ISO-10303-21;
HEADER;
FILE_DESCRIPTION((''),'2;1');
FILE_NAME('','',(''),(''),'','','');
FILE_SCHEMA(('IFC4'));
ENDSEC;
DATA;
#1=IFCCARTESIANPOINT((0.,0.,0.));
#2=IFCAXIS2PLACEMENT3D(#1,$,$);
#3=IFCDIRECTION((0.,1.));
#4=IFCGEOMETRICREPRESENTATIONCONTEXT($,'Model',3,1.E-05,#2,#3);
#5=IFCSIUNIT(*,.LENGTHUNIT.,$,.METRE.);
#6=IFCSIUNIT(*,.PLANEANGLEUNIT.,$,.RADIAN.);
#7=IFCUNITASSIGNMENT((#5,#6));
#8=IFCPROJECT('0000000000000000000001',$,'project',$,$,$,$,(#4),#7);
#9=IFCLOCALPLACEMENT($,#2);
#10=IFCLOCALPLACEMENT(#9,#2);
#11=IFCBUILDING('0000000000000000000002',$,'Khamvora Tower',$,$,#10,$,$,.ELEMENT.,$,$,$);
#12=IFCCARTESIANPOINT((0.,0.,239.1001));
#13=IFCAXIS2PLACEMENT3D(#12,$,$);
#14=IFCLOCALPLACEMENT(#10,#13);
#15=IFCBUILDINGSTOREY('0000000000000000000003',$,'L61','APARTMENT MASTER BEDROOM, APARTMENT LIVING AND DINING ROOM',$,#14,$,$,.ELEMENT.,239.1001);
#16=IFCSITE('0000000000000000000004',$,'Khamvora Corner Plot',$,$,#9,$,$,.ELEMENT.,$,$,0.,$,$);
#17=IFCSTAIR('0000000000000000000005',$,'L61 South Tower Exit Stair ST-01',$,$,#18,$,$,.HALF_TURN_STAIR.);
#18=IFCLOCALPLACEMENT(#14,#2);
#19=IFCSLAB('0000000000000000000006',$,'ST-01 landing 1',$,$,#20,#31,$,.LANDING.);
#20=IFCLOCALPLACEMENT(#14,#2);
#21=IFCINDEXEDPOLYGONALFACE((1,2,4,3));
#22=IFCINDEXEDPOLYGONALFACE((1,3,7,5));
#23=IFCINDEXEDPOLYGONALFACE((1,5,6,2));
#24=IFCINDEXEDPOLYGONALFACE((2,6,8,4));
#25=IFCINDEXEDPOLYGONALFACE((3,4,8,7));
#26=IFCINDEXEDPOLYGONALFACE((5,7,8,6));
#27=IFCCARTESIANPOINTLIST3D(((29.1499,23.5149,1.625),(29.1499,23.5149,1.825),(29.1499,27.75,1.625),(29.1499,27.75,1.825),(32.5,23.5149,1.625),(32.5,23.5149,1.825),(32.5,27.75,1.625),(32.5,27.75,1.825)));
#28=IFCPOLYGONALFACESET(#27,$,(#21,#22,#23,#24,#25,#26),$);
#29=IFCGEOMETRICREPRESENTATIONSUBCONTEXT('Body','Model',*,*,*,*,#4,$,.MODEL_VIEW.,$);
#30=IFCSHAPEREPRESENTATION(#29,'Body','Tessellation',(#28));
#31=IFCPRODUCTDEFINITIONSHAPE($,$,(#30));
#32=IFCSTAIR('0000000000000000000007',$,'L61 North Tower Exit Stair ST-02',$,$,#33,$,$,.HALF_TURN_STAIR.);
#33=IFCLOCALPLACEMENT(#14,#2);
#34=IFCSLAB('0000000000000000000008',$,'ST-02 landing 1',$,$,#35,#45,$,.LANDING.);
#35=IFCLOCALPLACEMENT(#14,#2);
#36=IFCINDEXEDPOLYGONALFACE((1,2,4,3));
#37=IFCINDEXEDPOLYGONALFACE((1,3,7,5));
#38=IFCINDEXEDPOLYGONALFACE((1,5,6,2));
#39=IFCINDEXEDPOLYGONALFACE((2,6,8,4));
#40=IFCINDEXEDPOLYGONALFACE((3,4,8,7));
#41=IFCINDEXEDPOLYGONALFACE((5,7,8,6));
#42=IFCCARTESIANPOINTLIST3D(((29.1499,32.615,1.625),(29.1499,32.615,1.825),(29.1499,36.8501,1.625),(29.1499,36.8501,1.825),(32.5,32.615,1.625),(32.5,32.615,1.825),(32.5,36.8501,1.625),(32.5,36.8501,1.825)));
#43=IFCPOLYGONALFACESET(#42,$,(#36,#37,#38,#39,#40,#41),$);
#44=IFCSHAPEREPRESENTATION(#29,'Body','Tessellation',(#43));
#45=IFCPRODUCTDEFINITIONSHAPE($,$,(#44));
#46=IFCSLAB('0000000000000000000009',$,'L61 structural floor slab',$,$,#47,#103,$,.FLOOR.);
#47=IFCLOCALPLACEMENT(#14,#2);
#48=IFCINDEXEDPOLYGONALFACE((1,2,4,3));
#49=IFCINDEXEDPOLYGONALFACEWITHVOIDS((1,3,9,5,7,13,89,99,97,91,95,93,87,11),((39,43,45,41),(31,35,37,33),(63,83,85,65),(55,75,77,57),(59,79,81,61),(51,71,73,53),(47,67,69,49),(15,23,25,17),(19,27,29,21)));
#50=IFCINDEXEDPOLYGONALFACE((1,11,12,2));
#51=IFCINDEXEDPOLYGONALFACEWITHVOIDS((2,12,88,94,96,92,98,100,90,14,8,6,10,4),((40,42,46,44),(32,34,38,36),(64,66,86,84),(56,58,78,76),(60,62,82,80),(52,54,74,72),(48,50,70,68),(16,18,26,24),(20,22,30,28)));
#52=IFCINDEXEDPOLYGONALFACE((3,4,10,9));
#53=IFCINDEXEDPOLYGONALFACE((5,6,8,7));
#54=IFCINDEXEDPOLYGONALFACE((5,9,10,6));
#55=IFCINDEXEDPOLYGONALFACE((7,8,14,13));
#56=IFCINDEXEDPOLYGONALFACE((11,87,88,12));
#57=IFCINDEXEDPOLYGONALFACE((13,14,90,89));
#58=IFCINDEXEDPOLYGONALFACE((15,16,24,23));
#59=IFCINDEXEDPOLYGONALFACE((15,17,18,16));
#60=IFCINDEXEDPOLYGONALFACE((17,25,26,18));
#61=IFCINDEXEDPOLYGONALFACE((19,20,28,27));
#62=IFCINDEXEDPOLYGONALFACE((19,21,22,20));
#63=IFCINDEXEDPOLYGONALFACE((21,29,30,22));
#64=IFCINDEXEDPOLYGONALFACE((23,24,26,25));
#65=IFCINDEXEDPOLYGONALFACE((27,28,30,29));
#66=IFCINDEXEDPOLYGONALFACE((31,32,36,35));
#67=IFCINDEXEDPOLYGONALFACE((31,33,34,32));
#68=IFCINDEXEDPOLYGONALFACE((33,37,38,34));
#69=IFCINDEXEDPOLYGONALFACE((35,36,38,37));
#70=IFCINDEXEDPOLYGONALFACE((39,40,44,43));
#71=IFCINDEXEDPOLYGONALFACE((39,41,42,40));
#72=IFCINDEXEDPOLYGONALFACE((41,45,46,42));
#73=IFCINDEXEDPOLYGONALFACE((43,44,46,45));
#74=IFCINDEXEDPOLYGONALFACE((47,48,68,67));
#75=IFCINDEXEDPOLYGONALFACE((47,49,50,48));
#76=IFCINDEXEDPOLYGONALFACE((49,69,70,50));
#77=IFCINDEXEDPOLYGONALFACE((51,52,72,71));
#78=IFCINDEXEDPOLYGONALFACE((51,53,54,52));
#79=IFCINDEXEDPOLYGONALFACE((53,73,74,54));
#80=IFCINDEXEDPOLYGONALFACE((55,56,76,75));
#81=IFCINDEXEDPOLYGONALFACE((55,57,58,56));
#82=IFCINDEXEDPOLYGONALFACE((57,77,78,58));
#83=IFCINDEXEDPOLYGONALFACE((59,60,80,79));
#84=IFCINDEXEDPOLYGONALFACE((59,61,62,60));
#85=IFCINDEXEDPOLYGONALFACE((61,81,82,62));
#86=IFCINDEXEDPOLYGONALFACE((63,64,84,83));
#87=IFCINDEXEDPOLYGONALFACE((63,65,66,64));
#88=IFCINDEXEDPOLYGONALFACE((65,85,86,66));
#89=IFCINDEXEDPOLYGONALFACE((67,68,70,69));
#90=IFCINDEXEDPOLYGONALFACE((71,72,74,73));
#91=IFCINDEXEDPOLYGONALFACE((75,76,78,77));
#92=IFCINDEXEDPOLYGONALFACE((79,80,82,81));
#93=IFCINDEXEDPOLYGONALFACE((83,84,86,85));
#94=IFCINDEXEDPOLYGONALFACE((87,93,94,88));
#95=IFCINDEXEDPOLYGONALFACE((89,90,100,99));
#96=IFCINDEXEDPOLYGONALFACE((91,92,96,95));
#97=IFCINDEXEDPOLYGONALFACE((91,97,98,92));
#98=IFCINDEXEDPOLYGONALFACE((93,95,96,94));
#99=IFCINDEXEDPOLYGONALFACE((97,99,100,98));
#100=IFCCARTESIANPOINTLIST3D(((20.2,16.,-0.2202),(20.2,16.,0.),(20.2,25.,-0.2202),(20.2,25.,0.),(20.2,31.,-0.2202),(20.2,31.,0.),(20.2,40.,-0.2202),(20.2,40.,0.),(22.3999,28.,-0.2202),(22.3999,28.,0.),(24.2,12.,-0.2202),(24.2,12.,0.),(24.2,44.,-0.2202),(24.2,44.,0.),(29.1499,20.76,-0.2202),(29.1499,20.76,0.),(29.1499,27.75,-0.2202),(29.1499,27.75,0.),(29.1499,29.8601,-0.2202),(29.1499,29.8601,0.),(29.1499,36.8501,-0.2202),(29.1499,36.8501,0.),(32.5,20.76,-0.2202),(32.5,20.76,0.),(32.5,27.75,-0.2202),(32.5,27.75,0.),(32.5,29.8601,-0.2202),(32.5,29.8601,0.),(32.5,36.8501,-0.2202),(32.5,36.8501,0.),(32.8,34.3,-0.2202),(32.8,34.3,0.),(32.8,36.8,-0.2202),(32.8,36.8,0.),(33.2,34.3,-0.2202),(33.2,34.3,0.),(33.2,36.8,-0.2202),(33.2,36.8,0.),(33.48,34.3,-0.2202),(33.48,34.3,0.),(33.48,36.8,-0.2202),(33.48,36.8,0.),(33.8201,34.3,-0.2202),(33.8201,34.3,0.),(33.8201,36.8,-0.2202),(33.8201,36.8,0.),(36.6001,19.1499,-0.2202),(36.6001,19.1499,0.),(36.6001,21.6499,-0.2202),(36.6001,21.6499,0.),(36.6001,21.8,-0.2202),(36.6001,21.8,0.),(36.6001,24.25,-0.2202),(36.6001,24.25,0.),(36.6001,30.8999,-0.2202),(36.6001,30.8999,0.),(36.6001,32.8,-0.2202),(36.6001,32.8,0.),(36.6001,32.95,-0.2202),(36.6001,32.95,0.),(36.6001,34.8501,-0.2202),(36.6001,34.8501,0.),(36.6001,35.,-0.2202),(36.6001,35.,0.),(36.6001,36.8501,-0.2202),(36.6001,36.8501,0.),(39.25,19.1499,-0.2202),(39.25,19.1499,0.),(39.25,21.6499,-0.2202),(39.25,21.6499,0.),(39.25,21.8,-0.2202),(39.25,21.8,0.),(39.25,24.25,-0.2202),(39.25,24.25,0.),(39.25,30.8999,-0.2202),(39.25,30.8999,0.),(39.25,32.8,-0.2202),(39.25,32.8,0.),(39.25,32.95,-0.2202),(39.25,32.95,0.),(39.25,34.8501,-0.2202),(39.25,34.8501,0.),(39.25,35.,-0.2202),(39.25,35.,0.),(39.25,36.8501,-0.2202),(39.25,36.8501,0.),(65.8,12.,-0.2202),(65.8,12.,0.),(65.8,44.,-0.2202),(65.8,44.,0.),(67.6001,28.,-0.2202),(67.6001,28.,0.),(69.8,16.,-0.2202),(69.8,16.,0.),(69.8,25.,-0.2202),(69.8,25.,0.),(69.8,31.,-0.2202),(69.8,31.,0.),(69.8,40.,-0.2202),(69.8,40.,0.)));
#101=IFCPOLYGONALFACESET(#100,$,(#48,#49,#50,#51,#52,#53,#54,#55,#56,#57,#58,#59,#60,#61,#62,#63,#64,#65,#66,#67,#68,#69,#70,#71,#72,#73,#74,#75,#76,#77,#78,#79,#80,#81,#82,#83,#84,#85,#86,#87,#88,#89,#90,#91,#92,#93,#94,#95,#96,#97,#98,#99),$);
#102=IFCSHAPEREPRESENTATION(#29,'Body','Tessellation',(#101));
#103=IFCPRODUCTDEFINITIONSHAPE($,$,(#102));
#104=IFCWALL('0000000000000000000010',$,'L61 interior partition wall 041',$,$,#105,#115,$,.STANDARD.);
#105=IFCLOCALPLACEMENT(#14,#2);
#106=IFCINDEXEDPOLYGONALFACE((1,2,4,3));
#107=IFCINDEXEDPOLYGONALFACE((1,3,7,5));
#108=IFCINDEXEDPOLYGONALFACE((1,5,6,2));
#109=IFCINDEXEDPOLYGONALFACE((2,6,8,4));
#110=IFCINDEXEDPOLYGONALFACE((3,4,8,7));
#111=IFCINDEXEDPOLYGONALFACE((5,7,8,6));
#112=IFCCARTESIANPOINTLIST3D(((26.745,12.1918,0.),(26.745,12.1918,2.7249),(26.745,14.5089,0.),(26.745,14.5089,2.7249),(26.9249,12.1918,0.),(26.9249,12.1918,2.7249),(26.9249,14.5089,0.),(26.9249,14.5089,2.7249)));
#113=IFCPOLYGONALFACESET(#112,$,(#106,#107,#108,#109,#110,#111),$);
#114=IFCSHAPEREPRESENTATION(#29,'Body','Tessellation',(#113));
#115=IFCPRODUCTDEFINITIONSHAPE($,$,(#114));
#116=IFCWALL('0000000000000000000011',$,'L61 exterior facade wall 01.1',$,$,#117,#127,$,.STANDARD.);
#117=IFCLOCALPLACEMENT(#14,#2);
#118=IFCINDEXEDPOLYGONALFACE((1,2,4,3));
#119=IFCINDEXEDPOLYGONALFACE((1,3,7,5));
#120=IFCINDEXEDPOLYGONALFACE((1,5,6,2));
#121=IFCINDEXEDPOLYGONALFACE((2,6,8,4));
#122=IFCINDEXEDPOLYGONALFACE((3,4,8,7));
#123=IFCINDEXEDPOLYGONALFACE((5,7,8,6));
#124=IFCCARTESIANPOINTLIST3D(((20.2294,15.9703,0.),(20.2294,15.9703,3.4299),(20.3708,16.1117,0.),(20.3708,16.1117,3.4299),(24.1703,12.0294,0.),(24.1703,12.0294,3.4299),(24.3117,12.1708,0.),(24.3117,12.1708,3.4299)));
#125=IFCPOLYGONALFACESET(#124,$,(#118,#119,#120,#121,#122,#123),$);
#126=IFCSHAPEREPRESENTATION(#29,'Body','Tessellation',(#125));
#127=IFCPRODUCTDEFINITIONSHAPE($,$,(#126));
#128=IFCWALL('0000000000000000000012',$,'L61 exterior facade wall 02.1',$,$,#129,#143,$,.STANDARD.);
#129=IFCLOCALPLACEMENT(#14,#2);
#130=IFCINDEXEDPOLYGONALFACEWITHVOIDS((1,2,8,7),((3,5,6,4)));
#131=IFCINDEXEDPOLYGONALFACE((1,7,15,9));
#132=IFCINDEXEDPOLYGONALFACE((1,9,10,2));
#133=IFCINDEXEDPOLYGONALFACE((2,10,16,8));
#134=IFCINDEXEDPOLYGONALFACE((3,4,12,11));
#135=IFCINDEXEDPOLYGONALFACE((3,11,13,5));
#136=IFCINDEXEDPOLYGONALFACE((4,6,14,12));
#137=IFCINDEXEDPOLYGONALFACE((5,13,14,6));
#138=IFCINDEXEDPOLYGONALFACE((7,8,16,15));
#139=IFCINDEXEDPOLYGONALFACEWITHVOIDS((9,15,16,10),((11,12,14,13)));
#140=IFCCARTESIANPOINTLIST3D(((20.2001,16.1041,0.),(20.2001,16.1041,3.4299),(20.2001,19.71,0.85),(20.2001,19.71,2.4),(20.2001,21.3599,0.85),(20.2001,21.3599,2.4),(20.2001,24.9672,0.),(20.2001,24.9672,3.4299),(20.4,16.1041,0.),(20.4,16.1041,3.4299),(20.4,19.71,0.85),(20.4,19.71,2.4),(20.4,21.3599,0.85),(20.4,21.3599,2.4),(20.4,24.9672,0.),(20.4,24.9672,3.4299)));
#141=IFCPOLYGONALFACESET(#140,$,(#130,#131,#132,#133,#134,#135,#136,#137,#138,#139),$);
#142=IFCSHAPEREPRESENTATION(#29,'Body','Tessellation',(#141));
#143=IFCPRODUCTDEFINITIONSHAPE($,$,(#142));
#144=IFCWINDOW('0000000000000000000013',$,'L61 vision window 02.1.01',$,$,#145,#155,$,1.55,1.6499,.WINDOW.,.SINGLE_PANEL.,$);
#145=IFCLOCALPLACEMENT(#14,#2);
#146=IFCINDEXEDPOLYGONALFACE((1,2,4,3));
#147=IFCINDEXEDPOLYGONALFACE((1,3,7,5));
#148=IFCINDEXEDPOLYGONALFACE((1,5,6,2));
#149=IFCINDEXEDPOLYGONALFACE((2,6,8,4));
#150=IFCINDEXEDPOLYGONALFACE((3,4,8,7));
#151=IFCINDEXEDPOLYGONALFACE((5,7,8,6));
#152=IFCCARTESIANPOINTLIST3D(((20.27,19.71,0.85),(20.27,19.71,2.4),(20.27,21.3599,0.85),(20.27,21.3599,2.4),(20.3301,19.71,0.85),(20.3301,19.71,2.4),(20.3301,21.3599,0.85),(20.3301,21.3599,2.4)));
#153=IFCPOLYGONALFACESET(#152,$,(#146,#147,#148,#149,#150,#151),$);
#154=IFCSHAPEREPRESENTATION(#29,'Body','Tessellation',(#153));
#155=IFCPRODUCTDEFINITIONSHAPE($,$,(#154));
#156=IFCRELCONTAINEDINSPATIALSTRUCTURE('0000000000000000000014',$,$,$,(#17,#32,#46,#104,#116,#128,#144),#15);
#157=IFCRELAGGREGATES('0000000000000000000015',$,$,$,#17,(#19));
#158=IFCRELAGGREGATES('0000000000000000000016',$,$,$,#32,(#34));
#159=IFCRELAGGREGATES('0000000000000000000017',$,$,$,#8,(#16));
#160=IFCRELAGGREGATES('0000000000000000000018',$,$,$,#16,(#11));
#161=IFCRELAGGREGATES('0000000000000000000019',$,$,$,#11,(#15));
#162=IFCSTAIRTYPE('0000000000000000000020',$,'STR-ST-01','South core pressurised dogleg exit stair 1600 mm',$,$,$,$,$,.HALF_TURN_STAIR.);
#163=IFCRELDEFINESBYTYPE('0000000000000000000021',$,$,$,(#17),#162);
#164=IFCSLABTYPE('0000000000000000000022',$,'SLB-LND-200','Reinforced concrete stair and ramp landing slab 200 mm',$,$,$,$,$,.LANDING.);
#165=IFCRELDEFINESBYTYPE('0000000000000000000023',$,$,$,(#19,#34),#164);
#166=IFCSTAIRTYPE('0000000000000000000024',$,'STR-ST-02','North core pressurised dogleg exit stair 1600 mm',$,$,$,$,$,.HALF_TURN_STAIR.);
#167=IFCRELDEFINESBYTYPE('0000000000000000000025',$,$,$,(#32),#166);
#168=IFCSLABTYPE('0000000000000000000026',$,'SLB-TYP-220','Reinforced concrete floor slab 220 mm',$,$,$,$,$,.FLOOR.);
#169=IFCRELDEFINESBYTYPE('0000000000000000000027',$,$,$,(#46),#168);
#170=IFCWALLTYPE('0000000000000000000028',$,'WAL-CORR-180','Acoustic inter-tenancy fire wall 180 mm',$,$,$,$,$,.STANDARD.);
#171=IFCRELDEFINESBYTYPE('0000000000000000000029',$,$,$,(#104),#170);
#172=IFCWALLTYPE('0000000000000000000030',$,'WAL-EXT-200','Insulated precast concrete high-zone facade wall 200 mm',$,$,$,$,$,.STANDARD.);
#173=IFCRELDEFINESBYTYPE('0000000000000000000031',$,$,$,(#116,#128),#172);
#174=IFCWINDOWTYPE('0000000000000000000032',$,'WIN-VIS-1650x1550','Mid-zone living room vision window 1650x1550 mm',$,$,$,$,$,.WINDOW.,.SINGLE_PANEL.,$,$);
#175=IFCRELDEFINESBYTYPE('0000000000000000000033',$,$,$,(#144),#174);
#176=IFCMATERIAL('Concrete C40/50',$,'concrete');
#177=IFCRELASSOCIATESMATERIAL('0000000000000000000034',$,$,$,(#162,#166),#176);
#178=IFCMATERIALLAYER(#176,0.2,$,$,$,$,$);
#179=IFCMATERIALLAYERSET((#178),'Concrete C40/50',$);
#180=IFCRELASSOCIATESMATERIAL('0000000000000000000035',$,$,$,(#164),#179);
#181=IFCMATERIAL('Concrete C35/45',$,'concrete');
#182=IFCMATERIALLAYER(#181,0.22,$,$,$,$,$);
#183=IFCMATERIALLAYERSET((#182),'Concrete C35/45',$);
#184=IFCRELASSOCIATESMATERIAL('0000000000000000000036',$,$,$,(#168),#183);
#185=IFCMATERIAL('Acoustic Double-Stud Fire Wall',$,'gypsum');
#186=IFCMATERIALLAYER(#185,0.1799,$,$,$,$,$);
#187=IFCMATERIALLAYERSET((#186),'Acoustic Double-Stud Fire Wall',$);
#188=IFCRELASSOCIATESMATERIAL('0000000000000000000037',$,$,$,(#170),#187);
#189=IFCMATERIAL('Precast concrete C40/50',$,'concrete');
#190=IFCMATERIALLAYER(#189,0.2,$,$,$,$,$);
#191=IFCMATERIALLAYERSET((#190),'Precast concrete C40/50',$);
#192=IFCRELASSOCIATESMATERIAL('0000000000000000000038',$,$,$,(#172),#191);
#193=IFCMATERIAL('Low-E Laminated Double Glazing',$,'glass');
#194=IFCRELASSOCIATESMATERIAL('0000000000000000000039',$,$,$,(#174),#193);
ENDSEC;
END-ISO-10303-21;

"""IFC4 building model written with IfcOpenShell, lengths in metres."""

from ifc_helpers import new_model, si_unit, direction, frame, frame_2d, origin, place, context, subcontext, project, spatial, polyline, rectangle, outline, extrude, material, layer, layer_set, type_object, element, fill, aggregate, save


model = new_model("IFC4")

# Units and contexts
model_context = context("Model", 3, precision=1e-05, world=origin(), true_north=direction((0.0, 1.0)))
body_context = subcontext(model_context, "Body", "Model", "MODEL_VIEW")
ifc_project = project(units=[si_unit("LENGTHUNIT", "METRE"), si_unit("PLANEANGLEUNIT", "RADIAN")], contexts=[model_context])

# Site, building, storey
site_placement = place(None, origin())
site = spatial("IfcSite", under=ifc_project, at=site_placement, Name="Khamvora Corner Plot", CompositionType="ELEMENT", RefElevation=0.0)
building_placement = place(site_placement, origin())
building = spatial("IfcBuilding", under=site, at=building_placement, Name="Khamvora Tower", CompositionType="ELEMENT")
storey_placement = place(building_placement, frame((0.0, 0.0, 239.1001)))
storey = spatial("IfcBuildingStorey", under=building, at=storey_placement, Name="L61", Description="APARTMENT MASTER BEDROOM, APARTMENT LIVING AND DINING ROOM", CompositionType="ELEMENT", Elevation=239.1001)

# Shared definitions
ifc_material_1 = material(Name="Concrete C40/50", Category="concrete")

# Stairs, slabs
stair_type_1 = type_object("IfcStairType", Name="STR-ST-01", Description="South core pressurised dogleg exit stair 1600 mm", PredefinedType="HALF_TURN_STAIR", material=ifc_material_1)
stair_1_placement = place(storey_placement, origin())
stair_1 = element("IfcStair", 1, at=stair_1_placement, inside=storey, type_object=stair_type_1, Name="L61 South Tower Exit Stair ST-01", PredefinedType="HALF_TURN_STAIR")
ifc_layer_1 = layer(ifc_material_1, 0.2)
ifc_layer_set_1 = layer_set([ifc_layer_1], Name="Concrete C40/50")
slab_type_1 = type_object("IfcSlabType", Name="SLB-LND-200", Description="Reinforced concrete stair and ramp landing slab 200 mm", PredefinedType="LANDING", material=ifc_layer_set_1)
slab_1_placement = place(storey_placement, frame((0.0, 0.0, 1.625)))
slab_1 = element("IfcSlab", 2, at=slab_1_placement, type_object=slab_type_1, Name="ST-01 landing 1", PredefinedType="LANDING", context=body_context, shape_type="SweptSolid", body=[
    extrude(outline(polyline([(32.5, 23.5149), (32.5, 27.75), (29.1499, 27.75), (29.1499, 23.5149), (32.5, 23.5149)])), origin(), (0.0, 0.0, 1.0), 0.2),
])
aggregate(stair_1, [slab_1])
stair_type_2 = type_object("IfcStairType", Name="STR-ST-02", Description="North core pressurised dogleg exit stair 1600 mm", PredefinedType="HALF_TURN_STAIR", material=ifc_material_1)
stair_2_placement = place(storey_placement, origin())
stair_2 = element("IfcStair", 3, at=stair_2_placement, inside=storey, type_object=stair_type_2, Name="L61 North Tower Exit Stair ST-02", PredefinedType="HALF_TURN_STAIR")
slab_2_placement = place(storey_placement, frame((0.0, 0.0, 1.625)))
slab_2 = element("IfcSlab", 4, at=slab_2_placement, type_object=slab_type_1, Name="ST-02 landing 1", PredefinedType="LANDING", context=body_context, shape_type="SweptSolid", body=[
    extrude(outline(polyline([(32.5, 32.615), (32.5, 36.8501), (29.1499, 36.8501), (29.1499, 32.615), (32.5, 32.615)])), origin(), (0.0, 0.0, 1.0), 0.2),
])
aggregate(stair_2, [slab_2])

# Slab
ifc_material_2 = material(Name="Concrete C35/45", Category="concrete")
ifc_layer_2 = layer(ifc_material_2, 0.22)
ifc_layer_set_2 = layer_set([ifc_layer_2], Name="Concrete C35/45")
slab_type_2 = type_object("IfcSlabType", Name="SLB-TYP-220", Description="Reinforced concrete floor slab 220 mm", PredefinedType="FLOOR", material=ifc_layer_set_2)
slab_3_placement = place(storey_placement, frame((0.0, 0.0, -0.2202)))
element("IfcSlab", 5, at=slab_3_placement, inside=storey, type_object=slab_type_2, Name="L61 structural floor slab", PredefinedType="FLOOR", context=body_context, shape_type="SweptSolid", body=[
    extrude(outline(polyline([(24.2, 12.0), (65.8, 12.0), (69.8, 16.0), (69.8, 25.0), (67.6001, 28.0), (69.8, 31.0), (69.8, 40.0), (65.8, 44.0), (24.2, 44.0), (20.2, 40.0), (20.2, 31.0), (22.3999, 28.0), (20.2, 25.0), (20.2, 16.0), (24.2, 12.0)]), holes=[polyline([(32.5, 20.76), (32.5, 27.75), (29.1499, 27.75), (29.1499, 20.76), (32.5, 20.76)]), polyline([(32.5, 29.8601), (32.5, 36.8501), (29.1499, 36.8501), (29.1499, 29.8601), (32.5, 29.8601)]), polyline([(36.6001, 19.1499), (39.25, 19.1499), (39.25, 21.6499), (36.6001, 21.6499), (36.6001, 19.1499)]), polyline([(36.6001, 21.8), (39.25, 21.8), (39.25, 24.25), (36.6001, 24.25), (36.6001, 21.8)]), polyline([(36.6001, 30.8999), (39.25, 30.8999), (39.25, 32.8), (36.6001, 32.8), (36.6001, 30.8999)]), polyline([(36.6001, 32.95), (39.25, 32.95), (39.25, 34.8501), (36.6001, 34.8501), (36.6001, 32.95)]), polyline([(36.6001, 35.0), (39.25, 35.0), (39.25, 36.8501), (36.6001, 36.8501), (36.6001, 35.0)]), polyline([(32.8, 34.3), (33.2, 34.3), (33.2, 36.8), (32.8, 36.8), (32.8, 34.3)]), polyline([(33.48, 34.3), (33.8201, 34.3), (33.8201, 36.8), (33.48, 36.8), (33.48, 34.3)])]), origin(), (0.0, 0.0, 1.0), 0.2202),
])

# Walls
ifc_material_3 = material(Name="Acoustic Double-Stud Fire Wall", Category="gypsum")
ifc_layer_3 = layer(ifc_material_3, 0.1799)
ifc_layer_set_3 = layer_set([ifc_layer_3], Name="Acoustic Double-Stud Fire Wall")
wall_type_1 = type_object("IfcWallType", Name="WAL-CORR-180", Description="Acoustic inter-tenancy fire wall 180 mm", PredefinedType="STANDARD", material=ifc_layer_set_3)
wall_1_placement = place(storey_placement, frame((26.835, 14.509, 0.0), z_axis=(0.0, 0.0, 1.0), x_axis=(0.0, -1.0, 0.0)))
element("IfcWall", 6, at=wall_1_placement, inside=storey, type_object=wall_type_1, Name="L61 interior partition wall 041", PredefinedType="STANDARD", context=body_context, shape_type="SweptSolid", body=[
    extrude(rectangle(XDim=2.3171, YDim=0.1799, at=frame_2d((1.1587, 0.0))), origin(), (0.0, 0.0, 1.0), 2.7249),
])
ifc_material_4 = material(Name="Precast concrete C40/50", Category="concrete")
ifc_layer_4 = layer(ifc_material_4, 0.2)
ifc_layer_set_4 = layer_set([ifc_layer_4], Name="Precast concrete C40/50")
wall_type_2 = type_object("IfcWallType", Name="WAL-EXT-200", Description="Insulated precast concrete high-zone facade wall 200 mm", PredefinedType="STANDARD", material=ifc_layer_set_4)
wall_2_placement = place(storey_placement, frame((24.241, 12.1001, 0.0), z_axis=(0.0, 0.0, 1.0), x_axis=(-0.707107, 0.707107, 0.0)))
element("IfcWall", 7, at=wall_2_placement, inside=storey, type_object=wall_type_2, Name="L61 exterior facade wall 01.1", PredefinedType="STANDARD", context=body_context, shape_type="SweptSolid", body=[
    extrude(rectangle(XDim=5.5732, YDim=0.2, at=frame_2d((2.7866, 0.0))), origin(), (0.0, 0.0, 1.0), 3.4299),
])

# Wall, opening, window
wall_3_placement = place(storey_placement, frame((20.3, 16.104, 0.0), z_axis=(0.0, 0.0, 1.0), x_axis=(0.0, 1.0, 0.0)))
wall_3 = element("IfcWall", 8, at=wall_3_placement, inside=storey, type_object=wall_type_2, Name="L61 exterior facade wall 02.1", PredefinedType="STANDARD", context=body_context, shape_type="SweptSolid", body=[
    extrude(rectangle(XDim=8.863, YDim=0.2, at=frame_2d((4.4316, 0.0))), origin(), (0.0, 0.0, 1.0), 3.4299),
])
opening_1_placement = place(wall_3_placement, frame((3.606, 0.0, 0.8501)))
opening_1 = element("IfcOpeningElement", 9, at=opening_1_placement, cuts=wall_3, PredefinedType="OPENING", context=body_context, shape_type="SweptSolid", body=[
    extrude(rectangle(XDim=1.6499, YDim=1.55, at=frame_2d((0.825, 0.7749))), frame((0.0, 0.1099, 0.0), z_axis=(0.0, -1.0, 0.0), x_axis=(1.0, 0.0, 0.0)), (0.0, 0.0, 1.0), 0.22),
])
ifc_material_5 = material(Name="Low-E Laminated Double Glazing", Category="glass")
window_type = type_object("IfcWindowType", Name="WIN-VIS-1650x1550", Description="Mid-zone living room vision window 1650x1550 mm", PartitioningType="SINGLE_PANEL", PredefinedType="WINDOW", material=ifc_material_5)
window_1_placement = place(opening_1_placement, origin())
window_1 = element("IfcWindow", 10, at=window_1_placement, inside=storey, type_object=window_type, Name="L61 vision window 02.1.01", OverallHeight=1.55, OverallWidth=1.6499, PartitioningType="SINGLE_PANEL", PredefinedType="WINDOW", context=body_context, shape_type="SweptSolid", body=[
    extrude(rectangle(XDim=1.6499, YDim=1.55, at=frame_2d((0.825, 0.7749))), frame((0.0, 0.03, 0.0), z_axis=(0.0, -1.0, 0.0), x_axis=(1.0, 0.0, 0.0)), (0.0, 0.0, 1.0), 0.0601),
])
fill(opening_1, window_1)

save(model, "model.ifc")
